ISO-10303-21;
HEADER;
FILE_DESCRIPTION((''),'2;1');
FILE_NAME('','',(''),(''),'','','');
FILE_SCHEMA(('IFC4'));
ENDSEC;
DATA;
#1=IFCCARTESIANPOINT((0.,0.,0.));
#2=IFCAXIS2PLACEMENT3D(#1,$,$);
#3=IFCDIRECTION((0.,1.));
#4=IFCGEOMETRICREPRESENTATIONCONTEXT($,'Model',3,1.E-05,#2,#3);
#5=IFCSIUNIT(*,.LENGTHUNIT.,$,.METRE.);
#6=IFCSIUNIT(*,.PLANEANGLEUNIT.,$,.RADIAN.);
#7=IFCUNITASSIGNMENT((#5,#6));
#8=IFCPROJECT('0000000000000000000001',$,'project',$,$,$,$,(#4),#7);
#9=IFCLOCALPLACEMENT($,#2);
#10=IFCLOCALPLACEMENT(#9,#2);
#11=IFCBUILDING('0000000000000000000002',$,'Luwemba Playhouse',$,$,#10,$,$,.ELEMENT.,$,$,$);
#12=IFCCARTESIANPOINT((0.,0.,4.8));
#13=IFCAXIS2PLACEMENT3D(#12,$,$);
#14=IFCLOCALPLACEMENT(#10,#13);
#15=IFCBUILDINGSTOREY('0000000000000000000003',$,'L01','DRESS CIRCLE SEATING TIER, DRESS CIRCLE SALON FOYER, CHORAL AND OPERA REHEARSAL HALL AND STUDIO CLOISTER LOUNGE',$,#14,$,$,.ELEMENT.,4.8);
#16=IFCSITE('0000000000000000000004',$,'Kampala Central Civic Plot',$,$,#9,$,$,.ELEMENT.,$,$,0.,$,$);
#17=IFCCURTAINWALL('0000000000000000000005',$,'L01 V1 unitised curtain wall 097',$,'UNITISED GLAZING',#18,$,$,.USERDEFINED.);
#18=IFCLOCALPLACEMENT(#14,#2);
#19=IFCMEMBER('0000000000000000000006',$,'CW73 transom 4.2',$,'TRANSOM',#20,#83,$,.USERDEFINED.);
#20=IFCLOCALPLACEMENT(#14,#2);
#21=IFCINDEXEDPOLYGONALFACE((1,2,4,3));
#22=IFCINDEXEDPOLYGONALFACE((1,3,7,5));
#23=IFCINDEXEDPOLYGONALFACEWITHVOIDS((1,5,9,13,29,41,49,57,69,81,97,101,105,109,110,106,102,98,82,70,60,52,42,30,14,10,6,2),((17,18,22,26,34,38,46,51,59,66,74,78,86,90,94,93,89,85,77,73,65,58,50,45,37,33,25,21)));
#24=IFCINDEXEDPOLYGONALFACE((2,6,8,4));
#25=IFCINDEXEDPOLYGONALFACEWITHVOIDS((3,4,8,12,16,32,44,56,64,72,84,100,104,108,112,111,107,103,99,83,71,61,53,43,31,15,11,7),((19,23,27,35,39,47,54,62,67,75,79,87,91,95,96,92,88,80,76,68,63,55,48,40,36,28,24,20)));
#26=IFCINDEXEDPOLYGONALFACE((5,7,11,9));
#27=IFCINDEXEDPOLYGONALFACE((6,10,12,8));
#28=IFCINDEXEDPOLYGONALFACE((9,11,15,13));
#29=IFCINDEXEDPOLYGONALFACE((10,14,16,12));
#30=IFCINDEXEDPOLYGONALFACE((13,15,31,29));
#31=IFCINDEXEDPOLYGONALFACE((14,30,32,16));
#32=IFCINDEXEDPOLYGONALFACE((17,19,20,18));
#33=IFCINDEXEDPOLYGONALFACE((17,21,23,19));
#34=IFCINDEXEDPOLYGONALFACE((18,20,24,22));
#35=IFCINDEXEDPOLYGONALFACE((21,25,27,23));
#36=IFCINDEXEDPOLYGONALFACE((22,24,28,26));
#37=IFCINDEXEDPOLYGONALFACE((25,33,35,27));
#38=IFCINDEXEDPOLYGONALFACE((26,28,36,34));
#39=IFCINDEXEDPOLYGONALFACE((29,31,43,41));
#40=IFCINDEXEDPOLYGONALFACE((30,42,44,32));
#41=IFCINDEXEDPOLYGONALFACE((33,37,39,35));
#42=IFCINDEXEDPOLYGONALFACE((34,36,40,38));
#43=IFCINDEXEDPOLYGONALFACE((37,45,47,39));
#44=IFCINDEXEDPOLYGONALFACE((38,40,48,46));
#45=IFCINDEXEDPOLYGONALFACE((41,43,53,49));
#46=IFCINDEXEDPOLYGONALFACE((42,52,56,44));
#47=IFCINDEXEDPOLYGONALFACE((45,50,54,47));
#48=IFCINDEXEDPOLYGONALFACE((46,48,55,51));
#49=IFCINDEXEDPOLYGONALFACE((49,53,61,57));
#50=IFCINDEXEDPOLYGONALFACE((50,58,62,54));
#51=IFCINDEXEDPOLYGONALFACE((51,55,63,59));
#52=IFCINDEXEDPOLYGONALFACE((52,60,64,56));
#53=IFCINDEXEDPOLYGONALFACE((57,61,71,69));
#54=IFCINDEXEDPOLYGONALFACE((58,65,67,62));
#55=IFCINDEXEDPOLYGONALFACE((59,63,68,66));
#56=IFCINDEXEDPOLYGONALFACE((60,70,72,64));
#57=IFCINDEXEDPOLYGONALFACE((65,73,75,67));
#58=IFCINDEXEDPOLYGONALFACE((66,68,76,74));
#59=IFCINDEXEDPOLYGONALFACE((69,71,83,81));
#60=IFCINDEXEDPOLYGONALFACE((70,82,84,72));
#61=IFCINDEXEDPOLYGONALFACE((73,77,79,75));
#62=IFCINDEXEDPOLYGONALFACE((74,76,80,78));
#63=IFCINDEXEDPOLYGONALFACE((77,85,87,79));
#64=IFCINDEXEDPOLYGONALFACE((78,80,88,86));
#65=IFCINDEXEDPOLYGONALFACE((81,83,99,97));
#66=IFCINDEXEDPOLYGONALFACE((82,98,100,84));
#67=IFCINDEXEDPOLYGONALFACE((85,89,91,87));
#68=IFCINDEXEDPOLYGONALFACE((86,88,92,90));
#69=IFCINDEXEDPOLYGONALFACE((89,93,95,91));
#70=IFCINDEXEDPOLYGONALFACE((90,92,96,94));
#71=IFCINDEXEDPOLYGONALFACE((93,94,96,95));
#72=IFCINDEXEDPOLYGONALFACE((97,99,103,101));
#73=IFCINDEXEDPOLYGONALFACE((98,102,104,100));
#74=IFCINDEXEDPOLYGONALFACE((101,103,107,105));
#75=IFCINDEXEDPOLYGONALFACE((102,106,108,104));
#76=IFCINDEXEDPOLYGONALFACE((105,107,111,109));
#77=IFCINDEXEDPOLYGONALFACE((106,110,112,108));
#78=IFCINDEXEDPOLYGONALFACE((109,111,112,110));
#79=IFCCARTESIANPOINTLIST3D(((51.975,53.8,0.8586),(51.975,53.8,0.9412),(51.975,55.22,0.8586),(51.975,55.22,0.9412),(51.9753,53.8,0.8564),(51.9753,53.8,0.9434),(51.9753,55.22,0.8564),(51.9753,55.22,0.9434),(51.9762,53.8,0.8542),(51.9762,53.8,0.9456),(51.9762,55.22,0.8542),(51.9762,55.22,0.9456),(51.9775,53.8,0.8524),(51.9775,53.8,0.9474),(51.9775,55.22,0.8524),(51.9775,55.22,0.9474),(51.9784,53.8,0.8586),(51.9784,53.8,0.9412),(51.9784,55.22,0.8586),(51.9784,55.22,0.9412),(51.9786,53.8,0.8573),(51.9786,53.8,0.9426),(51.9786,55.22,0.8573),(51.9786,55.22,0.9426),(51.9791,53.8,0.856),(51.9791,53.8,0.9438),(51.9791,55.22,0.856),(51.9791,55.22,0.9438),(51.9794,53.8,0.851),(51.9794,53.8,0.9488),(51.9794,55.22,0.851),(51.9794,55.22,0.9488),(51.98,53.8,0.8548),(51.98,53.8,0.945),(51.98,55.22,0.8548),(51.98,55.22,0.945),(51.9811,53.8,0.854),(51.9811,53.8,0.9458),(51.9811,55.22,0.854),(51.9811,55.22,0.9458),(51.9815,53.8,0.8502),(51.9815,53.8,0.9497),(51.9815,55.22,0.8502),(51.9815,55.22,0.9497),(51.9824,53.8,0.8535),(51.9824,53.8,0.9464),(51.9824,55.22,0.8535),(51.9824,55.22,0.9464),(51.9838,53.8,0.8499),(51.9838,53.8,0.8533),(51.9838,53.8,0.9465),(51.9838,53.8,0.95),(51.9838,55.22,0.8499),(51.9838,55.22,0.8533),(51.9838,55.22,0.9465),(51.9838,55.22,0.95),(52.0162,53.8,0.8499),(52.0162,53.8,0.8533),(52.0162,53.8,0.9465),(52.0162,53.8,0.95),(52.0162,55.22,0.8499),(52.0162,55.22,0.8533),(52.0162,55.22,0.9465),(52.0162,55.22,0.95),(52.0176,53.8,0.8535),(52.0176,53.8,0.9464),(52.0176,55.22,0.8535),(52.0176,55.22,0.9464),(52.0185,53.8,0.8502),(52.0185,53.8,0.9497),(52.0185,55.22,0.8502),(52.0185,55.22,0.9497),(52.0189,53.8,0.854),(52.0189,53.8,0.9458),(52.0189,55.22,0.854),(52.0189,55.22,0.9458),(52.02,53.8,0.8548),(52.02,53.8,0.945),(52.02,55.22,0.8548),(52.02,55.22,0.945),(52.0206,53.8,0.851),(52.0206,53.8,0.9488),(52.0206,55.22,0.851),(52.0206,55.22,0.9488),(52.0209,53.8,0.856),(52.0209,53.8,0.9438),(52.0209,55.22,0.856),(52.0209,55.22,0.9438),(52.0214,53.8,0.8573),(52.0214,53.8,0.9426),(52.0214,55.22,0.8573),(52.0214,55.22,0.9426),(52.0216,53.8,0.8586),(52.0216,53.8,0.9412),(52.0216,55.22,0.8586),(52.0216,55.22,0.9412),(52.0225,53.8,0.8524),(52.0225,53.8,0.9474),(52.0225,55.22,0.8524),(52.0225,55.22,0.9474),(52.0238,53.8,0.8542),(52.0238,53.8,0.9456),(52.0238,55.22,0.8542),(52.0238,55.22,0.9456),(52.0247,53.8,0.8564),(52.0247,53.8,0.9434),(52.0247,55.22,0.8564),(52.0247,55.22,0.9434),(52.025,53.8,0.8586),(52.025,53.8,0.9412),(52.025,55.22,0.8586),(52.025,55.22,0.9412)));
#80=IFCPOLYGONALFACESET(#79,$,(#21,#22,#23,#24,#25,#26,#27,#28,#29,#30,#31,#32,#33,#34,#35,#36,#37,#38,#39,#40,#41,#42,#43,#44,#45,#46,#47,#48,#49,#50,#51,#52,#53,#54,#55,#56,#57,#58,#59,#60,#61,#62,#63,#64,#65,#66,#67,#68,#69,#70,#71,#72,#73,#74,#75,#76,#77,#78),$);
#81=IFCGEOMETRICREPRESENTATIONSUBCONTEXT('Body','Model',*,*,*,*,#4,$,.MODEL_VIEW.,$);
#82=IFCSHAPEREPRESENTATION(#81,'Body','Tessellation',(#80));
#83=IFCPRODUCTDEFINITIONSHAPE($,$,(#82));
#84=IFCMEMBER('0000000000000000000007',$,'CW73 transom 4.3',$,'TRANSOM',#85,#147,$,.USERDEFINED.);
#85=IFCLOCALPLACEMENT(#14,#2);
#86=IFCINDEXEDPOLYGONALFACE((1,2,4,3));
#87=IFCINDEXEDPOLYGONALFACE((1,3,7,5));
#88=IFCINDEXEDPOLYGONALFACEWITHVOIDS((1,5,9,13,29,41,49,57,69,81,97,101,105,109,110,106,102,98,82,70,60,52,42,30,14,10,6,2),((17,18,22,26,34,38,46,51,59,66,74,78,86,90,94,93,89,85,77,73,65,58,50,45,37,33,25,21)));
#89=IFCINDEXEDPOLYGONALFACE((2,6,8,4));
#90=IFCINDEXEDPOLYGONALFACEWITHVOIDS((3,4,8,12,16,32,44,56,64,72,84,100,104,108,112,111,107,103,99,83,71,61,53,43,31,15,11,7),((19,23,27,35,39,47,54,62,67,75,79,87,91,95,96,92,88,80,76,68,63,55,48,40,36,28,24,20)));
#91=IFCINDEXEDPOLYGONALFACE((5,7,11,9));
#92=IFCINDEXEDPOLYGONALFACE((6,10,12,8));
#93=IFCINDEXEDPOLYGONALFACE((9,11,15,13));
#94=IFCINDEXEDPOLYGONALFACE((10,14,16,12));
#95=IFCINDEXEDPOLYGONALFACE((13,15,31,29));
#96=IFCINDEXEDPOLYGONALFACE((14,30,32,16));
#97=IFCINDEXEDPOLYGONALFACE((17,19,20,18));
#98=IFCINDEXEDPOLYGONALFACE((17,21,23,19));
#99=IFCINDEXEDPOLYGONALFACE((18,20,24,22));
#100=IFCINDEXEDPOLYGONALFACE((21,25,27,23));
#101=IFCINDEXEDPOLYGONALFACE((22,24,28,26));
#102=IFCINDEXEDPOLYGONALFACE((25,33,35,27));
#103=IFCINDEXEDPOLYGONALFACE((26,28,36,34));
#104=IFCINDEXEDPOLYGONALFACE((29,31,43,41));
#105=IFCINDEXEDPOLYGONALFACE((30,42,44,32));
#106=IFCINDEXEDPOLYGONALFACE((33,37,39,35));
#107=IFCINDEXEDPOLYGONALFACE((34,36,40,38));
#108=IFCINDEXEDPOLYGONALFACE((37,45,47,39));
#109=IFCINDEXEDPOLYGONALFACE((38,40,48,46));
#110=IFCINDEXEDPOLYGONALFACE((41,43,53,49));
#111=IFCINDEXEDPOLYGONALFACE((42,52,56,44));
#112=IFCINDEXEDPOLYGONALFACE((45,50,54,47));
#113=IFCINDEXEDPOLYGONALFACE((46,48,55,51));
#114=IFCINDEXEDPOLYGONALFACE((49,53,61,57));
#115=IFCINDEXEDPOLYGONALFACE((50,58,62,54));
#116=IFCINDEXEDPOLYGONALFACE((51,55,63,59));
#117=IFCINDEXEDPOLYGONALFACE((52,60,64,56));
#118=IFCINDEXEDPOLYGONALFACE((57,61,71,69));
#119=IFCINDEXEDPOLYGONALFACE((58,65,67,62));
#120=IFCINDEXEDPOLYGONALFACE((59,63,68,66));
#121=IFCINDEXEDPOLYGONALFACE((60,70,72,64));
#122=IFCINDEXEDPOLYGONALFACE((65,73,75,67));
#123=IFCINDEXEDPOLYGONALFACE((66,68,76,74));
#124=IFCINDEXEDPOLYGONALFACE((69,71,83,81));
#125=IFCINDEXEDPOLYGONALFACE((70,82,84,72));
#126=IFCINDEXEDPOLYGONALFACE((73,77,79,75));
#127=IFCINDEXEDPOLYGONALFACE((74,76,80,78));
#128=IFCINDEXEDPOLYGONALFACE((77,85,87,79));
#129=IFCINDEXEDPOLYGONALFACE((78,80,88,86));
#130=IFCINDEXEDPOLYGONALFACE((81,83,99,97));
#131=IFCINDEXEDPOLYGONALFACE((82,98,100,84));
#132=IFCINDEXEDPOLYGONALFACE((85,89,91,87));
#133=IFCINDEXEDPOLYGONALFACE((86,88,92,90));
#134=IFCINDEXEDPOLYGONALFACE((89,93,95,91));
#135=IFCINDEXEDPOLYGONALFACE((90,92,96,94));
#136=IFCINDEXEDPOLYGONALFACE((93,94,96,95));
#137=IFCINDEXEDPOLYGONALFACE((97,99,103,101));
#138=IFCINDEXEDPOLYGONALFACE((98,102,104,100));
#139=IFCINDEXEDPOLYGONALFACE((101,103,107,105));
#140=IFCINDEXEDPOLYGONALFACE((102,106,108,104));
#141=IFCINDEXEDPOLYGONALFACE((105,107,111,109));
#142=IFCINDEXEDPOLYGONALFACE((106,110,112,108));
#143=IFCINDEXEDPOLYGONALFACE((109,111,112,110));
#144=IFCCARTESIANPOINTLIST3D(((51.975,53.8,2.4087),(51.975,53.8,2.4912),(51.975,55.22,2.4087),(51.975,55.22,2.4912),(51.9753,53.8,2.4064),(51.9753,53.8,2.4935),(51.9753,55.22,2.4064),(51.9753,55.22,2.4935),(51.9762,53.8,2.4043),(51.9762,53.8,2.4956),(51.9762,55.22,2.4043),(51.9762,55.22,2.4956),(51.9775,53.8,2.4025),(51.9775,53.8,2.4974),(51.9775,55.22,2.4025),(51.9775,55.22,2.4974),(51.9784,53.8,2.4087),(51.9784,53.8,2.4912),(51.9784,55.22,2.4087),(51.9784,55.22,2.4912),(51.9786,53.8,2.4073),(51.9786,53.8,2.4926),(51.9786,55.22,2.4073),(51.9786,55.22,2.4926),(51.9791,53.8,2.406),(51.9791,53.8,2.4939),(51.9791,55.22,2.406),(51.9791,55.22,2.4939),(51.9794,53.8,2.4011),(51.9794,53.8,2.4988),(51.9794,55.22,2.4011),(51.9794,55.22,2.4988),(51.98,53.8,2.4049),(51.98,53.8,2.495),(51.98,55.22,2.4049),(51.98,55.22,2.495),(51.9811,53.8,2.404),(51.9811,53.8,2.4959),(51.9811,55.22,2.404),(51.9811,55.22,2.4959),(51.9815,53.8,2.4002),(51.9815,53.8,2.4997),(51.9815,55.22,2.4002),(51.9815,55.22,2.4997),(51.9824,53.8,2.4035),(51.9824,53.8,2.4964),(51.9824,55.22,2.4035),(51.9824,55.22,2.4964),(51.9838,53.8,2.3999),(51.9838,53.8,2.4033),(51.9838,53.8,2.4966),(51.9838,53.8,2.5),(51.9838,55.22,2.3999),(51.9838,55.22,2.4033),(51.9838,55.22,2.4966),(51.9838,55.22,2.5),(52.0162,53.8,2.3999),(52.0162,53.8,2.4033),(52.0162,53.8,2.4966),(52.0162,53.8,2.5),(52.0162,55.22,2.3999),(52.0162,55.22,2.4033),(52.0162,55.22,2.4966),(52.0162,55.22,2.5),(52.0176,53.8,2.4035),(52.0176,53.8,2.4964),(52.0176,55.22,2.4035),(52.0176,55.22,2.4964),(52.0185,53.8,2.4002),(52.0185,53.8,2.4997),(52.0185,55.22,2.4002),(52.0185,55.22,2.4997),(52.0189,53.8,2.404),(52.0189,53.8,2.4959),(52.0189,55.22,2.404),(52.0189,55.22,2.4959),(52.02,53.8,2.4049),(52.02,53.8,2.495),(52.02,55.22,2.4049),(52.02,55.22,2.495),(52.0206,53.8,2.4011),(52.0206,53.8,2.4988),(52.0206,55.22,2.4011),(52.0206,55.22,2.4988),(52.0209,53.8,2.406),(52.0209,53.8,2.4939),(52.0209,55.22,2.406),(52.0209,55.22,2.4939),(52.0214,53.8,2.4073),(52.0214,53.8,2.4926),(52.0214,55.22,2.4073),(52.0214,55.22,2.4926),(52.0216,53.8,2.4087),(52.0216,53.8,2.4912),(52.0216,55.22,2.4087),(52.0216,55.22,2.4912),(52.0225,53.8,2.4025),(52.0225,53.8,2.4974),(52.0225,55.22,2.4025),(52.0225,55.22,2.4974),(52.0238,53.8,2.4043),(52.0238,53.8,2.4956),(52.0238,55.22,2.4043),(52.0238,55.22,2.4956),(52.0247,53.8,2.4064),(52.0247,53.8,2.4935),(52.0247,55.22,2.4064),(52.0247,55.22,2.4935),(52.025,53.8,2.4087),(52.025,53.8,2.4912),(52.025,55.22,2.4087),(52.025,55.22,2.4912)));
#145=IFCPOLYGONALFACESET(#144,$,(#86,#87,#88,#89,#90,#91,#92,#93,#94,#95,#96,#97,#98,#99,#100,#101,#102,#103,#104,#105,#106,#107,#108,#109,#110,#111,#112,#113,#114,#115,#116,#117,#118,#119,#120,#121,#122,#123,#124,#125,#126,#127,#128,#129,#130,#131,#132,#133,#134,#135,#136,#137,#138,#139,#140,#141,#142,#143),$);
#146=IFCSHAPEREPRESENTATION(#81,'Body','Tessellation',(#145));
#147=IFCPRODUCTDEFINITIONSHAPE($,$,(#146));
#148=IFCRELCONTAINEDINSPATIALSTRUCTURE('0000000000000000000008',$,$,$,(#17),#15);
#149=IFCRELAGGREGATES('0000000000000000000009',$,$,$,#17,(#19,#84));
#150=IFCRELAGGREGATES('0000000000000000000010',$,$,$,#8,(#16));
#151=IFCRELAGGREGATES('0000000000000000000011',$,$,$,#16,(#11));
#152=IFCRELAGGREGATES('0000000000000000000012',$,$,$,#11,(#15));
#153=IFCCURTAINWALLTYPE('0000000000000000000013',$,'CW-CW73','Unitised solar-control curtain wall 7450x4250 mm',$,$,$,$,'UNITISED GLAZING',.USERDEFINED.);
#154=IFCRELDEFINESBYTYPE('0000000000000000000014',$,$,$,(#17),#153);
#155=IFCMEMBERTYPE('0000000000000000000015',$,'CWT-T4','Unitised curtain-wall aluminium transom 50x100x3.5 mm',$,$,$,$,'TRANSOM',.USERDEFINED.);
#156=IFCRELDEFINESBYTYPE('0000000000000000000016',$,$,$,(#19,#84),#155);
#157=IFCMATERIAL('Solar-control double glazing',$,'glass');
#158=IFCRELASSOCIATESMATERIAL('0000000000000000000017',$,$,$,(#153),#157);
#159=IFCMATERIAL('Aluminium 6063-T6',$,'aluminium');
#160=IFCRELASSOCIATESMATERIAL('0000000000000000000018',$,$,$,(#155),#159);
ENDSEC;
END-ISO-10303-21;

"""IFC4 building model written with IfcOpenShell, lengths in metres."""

from ifc_helpers import new_model, si_unit, direction, frame, origin, origin_2d, place, context, subcontext, project, spatial, hollow_rectangle, extrude, material, material_profile, profile_set, type_object, element, aggregate, save


model = new_model("IFC4")

# Units and contexts
model_context = context("Model", 3, precision=1e-05, world=origin(), true_north=direction((0.0, 1.0)))
body_context = subcontext(model_context, "Body", "Model", "MODEL_VIEW")
ifc_project = project(units=[si_unit("LENGTHUNIT", "METRE"), si_unit("PLANEANGLEUNIT", "RADIAN")], contexts=[model_context])

# Site, building, storey
site_placement = place(None, origin())
site = spatial("IfcSite", under=ifc_project, at=site_placement, Name="Kampala Central Civic Plot", CompositionType="ELEMENT", RefElevation=0.0)
building_placement = place(site_placement, origin())
building = spatial("IfcBuilding", under=site, at=building_placement, Name="Luwemba Playhouse", CompositionType="ELEMENT")
storey_placement = place(building_placement, frame((0.0, 0.0, 4.8)))
storey = spatial("IfcBuildingStorey", under=building, at=storey_placement, Name="L01", Description="DRESS CIRCLE SEATING TIER, DRESS CIRCLE SALON FOYER, CHORAL AND OPERA REHEARSAL HALL AND STUDIO CLOISTER LOUNGE", CompositionType="ELEMENT", Elevation=4.8)

# Curtain wall, members
ifc_material_1 = material(Name="Solar-control double glazing", Category="glass")
curtain_wall_type = type_object("IfcCurtainWallType", Name="CW-CW73", Description="Unitised solar-control curtain wall 7450x4250 mm", ElementType="UNITISED GLAZING", PredefinedType="USERDEFINED", material=ifc_material_1)
curtain_wall_placement = place(storey_placement, origin())
curtain_wall = element("IfcCurtainWall", 1, at=curtain_wall_placement, inside=storey, type_object=curtain_wall_type, Name="L01 V1 unitised curtain wall 097", ObjectType="UNITISED GLAZING", PredefinedType="USERDEFINED")
ifc_material_2 = material(Name="Aluminium 6063-T6", Category="aluminium")
ifc_material_profile_1 = material_profile(ifc_material_2, hollow_rectangle(XDim=0.05, YDim=0.1001, WallThickness=0.0034, InnerFilletRadius=0.0054, OuterFilletRadius=0.0088, at=origin_2d()))
ifc_profile_set_1 = profile_set([ifc_material_profile_1], Name="Aluminium 6063-T6")
member_type_1 = type_object("IfcMemberType", Name="CWT-T4", Description="Unitised curtain-wall aluminium transom 50x100x3.5 mm", ElementType="TRANSOM", PredefinedType="USERDEFINED", material=ifc_profile_set_1)
member_1_placement = place(storey_placement, frame((52.0, 55.22, 0.8999), z_axis=(0.0, -1.0, 0.0), x_axis=(1.0, 0.0, 0.0)))
member_1 = element("IfcMember", 2, at=member_1_placement, type_object=member_type_1, Name="CW73 transom 4.2", ObjectType="TRANSOM", PredefinedType="USERDEFINED", context=body_context, shape_type="SweptSolid", body=[
    extrude(hollow_rectangle(XDim=0.05, YDim=0.1001, WallThickness=0.0034, InnerFilletRadius=0.0054, OuterFilletRadius=0.0088, at=origin_2d()), origin(), (0.0, 0.0, 1.0), 1.4199),
])
member_2_placement = place(storey_placement, frame((52.0, 55.22, 2.45), z_axis=(0.0, -1.0, 0.0), x_axis=(1.0, 0.0, 0.0)))
member_2 = element("IfcMember", 3, at=member_2_placement, type_object=member_type_1, Name="CW73 transom 4.3", ObjectType="TRANSOM", PredefinedType="USERDEFINED", context=body_context, shape_type="SweptSolid", body=[
    extrude(hollow_rectangle(XDim=0.05, YDim=0.1001, WallThickness=0.0034, InnerFilletRadius=0.0054, OuterFilletRadius=0.0088, at=origin_2d()), origin(), (0.0, 0.0, 1.0), 1.4199),
])
aggregate(curtain_wall, [member_1, member_2])

save(model, "model.ifc")
